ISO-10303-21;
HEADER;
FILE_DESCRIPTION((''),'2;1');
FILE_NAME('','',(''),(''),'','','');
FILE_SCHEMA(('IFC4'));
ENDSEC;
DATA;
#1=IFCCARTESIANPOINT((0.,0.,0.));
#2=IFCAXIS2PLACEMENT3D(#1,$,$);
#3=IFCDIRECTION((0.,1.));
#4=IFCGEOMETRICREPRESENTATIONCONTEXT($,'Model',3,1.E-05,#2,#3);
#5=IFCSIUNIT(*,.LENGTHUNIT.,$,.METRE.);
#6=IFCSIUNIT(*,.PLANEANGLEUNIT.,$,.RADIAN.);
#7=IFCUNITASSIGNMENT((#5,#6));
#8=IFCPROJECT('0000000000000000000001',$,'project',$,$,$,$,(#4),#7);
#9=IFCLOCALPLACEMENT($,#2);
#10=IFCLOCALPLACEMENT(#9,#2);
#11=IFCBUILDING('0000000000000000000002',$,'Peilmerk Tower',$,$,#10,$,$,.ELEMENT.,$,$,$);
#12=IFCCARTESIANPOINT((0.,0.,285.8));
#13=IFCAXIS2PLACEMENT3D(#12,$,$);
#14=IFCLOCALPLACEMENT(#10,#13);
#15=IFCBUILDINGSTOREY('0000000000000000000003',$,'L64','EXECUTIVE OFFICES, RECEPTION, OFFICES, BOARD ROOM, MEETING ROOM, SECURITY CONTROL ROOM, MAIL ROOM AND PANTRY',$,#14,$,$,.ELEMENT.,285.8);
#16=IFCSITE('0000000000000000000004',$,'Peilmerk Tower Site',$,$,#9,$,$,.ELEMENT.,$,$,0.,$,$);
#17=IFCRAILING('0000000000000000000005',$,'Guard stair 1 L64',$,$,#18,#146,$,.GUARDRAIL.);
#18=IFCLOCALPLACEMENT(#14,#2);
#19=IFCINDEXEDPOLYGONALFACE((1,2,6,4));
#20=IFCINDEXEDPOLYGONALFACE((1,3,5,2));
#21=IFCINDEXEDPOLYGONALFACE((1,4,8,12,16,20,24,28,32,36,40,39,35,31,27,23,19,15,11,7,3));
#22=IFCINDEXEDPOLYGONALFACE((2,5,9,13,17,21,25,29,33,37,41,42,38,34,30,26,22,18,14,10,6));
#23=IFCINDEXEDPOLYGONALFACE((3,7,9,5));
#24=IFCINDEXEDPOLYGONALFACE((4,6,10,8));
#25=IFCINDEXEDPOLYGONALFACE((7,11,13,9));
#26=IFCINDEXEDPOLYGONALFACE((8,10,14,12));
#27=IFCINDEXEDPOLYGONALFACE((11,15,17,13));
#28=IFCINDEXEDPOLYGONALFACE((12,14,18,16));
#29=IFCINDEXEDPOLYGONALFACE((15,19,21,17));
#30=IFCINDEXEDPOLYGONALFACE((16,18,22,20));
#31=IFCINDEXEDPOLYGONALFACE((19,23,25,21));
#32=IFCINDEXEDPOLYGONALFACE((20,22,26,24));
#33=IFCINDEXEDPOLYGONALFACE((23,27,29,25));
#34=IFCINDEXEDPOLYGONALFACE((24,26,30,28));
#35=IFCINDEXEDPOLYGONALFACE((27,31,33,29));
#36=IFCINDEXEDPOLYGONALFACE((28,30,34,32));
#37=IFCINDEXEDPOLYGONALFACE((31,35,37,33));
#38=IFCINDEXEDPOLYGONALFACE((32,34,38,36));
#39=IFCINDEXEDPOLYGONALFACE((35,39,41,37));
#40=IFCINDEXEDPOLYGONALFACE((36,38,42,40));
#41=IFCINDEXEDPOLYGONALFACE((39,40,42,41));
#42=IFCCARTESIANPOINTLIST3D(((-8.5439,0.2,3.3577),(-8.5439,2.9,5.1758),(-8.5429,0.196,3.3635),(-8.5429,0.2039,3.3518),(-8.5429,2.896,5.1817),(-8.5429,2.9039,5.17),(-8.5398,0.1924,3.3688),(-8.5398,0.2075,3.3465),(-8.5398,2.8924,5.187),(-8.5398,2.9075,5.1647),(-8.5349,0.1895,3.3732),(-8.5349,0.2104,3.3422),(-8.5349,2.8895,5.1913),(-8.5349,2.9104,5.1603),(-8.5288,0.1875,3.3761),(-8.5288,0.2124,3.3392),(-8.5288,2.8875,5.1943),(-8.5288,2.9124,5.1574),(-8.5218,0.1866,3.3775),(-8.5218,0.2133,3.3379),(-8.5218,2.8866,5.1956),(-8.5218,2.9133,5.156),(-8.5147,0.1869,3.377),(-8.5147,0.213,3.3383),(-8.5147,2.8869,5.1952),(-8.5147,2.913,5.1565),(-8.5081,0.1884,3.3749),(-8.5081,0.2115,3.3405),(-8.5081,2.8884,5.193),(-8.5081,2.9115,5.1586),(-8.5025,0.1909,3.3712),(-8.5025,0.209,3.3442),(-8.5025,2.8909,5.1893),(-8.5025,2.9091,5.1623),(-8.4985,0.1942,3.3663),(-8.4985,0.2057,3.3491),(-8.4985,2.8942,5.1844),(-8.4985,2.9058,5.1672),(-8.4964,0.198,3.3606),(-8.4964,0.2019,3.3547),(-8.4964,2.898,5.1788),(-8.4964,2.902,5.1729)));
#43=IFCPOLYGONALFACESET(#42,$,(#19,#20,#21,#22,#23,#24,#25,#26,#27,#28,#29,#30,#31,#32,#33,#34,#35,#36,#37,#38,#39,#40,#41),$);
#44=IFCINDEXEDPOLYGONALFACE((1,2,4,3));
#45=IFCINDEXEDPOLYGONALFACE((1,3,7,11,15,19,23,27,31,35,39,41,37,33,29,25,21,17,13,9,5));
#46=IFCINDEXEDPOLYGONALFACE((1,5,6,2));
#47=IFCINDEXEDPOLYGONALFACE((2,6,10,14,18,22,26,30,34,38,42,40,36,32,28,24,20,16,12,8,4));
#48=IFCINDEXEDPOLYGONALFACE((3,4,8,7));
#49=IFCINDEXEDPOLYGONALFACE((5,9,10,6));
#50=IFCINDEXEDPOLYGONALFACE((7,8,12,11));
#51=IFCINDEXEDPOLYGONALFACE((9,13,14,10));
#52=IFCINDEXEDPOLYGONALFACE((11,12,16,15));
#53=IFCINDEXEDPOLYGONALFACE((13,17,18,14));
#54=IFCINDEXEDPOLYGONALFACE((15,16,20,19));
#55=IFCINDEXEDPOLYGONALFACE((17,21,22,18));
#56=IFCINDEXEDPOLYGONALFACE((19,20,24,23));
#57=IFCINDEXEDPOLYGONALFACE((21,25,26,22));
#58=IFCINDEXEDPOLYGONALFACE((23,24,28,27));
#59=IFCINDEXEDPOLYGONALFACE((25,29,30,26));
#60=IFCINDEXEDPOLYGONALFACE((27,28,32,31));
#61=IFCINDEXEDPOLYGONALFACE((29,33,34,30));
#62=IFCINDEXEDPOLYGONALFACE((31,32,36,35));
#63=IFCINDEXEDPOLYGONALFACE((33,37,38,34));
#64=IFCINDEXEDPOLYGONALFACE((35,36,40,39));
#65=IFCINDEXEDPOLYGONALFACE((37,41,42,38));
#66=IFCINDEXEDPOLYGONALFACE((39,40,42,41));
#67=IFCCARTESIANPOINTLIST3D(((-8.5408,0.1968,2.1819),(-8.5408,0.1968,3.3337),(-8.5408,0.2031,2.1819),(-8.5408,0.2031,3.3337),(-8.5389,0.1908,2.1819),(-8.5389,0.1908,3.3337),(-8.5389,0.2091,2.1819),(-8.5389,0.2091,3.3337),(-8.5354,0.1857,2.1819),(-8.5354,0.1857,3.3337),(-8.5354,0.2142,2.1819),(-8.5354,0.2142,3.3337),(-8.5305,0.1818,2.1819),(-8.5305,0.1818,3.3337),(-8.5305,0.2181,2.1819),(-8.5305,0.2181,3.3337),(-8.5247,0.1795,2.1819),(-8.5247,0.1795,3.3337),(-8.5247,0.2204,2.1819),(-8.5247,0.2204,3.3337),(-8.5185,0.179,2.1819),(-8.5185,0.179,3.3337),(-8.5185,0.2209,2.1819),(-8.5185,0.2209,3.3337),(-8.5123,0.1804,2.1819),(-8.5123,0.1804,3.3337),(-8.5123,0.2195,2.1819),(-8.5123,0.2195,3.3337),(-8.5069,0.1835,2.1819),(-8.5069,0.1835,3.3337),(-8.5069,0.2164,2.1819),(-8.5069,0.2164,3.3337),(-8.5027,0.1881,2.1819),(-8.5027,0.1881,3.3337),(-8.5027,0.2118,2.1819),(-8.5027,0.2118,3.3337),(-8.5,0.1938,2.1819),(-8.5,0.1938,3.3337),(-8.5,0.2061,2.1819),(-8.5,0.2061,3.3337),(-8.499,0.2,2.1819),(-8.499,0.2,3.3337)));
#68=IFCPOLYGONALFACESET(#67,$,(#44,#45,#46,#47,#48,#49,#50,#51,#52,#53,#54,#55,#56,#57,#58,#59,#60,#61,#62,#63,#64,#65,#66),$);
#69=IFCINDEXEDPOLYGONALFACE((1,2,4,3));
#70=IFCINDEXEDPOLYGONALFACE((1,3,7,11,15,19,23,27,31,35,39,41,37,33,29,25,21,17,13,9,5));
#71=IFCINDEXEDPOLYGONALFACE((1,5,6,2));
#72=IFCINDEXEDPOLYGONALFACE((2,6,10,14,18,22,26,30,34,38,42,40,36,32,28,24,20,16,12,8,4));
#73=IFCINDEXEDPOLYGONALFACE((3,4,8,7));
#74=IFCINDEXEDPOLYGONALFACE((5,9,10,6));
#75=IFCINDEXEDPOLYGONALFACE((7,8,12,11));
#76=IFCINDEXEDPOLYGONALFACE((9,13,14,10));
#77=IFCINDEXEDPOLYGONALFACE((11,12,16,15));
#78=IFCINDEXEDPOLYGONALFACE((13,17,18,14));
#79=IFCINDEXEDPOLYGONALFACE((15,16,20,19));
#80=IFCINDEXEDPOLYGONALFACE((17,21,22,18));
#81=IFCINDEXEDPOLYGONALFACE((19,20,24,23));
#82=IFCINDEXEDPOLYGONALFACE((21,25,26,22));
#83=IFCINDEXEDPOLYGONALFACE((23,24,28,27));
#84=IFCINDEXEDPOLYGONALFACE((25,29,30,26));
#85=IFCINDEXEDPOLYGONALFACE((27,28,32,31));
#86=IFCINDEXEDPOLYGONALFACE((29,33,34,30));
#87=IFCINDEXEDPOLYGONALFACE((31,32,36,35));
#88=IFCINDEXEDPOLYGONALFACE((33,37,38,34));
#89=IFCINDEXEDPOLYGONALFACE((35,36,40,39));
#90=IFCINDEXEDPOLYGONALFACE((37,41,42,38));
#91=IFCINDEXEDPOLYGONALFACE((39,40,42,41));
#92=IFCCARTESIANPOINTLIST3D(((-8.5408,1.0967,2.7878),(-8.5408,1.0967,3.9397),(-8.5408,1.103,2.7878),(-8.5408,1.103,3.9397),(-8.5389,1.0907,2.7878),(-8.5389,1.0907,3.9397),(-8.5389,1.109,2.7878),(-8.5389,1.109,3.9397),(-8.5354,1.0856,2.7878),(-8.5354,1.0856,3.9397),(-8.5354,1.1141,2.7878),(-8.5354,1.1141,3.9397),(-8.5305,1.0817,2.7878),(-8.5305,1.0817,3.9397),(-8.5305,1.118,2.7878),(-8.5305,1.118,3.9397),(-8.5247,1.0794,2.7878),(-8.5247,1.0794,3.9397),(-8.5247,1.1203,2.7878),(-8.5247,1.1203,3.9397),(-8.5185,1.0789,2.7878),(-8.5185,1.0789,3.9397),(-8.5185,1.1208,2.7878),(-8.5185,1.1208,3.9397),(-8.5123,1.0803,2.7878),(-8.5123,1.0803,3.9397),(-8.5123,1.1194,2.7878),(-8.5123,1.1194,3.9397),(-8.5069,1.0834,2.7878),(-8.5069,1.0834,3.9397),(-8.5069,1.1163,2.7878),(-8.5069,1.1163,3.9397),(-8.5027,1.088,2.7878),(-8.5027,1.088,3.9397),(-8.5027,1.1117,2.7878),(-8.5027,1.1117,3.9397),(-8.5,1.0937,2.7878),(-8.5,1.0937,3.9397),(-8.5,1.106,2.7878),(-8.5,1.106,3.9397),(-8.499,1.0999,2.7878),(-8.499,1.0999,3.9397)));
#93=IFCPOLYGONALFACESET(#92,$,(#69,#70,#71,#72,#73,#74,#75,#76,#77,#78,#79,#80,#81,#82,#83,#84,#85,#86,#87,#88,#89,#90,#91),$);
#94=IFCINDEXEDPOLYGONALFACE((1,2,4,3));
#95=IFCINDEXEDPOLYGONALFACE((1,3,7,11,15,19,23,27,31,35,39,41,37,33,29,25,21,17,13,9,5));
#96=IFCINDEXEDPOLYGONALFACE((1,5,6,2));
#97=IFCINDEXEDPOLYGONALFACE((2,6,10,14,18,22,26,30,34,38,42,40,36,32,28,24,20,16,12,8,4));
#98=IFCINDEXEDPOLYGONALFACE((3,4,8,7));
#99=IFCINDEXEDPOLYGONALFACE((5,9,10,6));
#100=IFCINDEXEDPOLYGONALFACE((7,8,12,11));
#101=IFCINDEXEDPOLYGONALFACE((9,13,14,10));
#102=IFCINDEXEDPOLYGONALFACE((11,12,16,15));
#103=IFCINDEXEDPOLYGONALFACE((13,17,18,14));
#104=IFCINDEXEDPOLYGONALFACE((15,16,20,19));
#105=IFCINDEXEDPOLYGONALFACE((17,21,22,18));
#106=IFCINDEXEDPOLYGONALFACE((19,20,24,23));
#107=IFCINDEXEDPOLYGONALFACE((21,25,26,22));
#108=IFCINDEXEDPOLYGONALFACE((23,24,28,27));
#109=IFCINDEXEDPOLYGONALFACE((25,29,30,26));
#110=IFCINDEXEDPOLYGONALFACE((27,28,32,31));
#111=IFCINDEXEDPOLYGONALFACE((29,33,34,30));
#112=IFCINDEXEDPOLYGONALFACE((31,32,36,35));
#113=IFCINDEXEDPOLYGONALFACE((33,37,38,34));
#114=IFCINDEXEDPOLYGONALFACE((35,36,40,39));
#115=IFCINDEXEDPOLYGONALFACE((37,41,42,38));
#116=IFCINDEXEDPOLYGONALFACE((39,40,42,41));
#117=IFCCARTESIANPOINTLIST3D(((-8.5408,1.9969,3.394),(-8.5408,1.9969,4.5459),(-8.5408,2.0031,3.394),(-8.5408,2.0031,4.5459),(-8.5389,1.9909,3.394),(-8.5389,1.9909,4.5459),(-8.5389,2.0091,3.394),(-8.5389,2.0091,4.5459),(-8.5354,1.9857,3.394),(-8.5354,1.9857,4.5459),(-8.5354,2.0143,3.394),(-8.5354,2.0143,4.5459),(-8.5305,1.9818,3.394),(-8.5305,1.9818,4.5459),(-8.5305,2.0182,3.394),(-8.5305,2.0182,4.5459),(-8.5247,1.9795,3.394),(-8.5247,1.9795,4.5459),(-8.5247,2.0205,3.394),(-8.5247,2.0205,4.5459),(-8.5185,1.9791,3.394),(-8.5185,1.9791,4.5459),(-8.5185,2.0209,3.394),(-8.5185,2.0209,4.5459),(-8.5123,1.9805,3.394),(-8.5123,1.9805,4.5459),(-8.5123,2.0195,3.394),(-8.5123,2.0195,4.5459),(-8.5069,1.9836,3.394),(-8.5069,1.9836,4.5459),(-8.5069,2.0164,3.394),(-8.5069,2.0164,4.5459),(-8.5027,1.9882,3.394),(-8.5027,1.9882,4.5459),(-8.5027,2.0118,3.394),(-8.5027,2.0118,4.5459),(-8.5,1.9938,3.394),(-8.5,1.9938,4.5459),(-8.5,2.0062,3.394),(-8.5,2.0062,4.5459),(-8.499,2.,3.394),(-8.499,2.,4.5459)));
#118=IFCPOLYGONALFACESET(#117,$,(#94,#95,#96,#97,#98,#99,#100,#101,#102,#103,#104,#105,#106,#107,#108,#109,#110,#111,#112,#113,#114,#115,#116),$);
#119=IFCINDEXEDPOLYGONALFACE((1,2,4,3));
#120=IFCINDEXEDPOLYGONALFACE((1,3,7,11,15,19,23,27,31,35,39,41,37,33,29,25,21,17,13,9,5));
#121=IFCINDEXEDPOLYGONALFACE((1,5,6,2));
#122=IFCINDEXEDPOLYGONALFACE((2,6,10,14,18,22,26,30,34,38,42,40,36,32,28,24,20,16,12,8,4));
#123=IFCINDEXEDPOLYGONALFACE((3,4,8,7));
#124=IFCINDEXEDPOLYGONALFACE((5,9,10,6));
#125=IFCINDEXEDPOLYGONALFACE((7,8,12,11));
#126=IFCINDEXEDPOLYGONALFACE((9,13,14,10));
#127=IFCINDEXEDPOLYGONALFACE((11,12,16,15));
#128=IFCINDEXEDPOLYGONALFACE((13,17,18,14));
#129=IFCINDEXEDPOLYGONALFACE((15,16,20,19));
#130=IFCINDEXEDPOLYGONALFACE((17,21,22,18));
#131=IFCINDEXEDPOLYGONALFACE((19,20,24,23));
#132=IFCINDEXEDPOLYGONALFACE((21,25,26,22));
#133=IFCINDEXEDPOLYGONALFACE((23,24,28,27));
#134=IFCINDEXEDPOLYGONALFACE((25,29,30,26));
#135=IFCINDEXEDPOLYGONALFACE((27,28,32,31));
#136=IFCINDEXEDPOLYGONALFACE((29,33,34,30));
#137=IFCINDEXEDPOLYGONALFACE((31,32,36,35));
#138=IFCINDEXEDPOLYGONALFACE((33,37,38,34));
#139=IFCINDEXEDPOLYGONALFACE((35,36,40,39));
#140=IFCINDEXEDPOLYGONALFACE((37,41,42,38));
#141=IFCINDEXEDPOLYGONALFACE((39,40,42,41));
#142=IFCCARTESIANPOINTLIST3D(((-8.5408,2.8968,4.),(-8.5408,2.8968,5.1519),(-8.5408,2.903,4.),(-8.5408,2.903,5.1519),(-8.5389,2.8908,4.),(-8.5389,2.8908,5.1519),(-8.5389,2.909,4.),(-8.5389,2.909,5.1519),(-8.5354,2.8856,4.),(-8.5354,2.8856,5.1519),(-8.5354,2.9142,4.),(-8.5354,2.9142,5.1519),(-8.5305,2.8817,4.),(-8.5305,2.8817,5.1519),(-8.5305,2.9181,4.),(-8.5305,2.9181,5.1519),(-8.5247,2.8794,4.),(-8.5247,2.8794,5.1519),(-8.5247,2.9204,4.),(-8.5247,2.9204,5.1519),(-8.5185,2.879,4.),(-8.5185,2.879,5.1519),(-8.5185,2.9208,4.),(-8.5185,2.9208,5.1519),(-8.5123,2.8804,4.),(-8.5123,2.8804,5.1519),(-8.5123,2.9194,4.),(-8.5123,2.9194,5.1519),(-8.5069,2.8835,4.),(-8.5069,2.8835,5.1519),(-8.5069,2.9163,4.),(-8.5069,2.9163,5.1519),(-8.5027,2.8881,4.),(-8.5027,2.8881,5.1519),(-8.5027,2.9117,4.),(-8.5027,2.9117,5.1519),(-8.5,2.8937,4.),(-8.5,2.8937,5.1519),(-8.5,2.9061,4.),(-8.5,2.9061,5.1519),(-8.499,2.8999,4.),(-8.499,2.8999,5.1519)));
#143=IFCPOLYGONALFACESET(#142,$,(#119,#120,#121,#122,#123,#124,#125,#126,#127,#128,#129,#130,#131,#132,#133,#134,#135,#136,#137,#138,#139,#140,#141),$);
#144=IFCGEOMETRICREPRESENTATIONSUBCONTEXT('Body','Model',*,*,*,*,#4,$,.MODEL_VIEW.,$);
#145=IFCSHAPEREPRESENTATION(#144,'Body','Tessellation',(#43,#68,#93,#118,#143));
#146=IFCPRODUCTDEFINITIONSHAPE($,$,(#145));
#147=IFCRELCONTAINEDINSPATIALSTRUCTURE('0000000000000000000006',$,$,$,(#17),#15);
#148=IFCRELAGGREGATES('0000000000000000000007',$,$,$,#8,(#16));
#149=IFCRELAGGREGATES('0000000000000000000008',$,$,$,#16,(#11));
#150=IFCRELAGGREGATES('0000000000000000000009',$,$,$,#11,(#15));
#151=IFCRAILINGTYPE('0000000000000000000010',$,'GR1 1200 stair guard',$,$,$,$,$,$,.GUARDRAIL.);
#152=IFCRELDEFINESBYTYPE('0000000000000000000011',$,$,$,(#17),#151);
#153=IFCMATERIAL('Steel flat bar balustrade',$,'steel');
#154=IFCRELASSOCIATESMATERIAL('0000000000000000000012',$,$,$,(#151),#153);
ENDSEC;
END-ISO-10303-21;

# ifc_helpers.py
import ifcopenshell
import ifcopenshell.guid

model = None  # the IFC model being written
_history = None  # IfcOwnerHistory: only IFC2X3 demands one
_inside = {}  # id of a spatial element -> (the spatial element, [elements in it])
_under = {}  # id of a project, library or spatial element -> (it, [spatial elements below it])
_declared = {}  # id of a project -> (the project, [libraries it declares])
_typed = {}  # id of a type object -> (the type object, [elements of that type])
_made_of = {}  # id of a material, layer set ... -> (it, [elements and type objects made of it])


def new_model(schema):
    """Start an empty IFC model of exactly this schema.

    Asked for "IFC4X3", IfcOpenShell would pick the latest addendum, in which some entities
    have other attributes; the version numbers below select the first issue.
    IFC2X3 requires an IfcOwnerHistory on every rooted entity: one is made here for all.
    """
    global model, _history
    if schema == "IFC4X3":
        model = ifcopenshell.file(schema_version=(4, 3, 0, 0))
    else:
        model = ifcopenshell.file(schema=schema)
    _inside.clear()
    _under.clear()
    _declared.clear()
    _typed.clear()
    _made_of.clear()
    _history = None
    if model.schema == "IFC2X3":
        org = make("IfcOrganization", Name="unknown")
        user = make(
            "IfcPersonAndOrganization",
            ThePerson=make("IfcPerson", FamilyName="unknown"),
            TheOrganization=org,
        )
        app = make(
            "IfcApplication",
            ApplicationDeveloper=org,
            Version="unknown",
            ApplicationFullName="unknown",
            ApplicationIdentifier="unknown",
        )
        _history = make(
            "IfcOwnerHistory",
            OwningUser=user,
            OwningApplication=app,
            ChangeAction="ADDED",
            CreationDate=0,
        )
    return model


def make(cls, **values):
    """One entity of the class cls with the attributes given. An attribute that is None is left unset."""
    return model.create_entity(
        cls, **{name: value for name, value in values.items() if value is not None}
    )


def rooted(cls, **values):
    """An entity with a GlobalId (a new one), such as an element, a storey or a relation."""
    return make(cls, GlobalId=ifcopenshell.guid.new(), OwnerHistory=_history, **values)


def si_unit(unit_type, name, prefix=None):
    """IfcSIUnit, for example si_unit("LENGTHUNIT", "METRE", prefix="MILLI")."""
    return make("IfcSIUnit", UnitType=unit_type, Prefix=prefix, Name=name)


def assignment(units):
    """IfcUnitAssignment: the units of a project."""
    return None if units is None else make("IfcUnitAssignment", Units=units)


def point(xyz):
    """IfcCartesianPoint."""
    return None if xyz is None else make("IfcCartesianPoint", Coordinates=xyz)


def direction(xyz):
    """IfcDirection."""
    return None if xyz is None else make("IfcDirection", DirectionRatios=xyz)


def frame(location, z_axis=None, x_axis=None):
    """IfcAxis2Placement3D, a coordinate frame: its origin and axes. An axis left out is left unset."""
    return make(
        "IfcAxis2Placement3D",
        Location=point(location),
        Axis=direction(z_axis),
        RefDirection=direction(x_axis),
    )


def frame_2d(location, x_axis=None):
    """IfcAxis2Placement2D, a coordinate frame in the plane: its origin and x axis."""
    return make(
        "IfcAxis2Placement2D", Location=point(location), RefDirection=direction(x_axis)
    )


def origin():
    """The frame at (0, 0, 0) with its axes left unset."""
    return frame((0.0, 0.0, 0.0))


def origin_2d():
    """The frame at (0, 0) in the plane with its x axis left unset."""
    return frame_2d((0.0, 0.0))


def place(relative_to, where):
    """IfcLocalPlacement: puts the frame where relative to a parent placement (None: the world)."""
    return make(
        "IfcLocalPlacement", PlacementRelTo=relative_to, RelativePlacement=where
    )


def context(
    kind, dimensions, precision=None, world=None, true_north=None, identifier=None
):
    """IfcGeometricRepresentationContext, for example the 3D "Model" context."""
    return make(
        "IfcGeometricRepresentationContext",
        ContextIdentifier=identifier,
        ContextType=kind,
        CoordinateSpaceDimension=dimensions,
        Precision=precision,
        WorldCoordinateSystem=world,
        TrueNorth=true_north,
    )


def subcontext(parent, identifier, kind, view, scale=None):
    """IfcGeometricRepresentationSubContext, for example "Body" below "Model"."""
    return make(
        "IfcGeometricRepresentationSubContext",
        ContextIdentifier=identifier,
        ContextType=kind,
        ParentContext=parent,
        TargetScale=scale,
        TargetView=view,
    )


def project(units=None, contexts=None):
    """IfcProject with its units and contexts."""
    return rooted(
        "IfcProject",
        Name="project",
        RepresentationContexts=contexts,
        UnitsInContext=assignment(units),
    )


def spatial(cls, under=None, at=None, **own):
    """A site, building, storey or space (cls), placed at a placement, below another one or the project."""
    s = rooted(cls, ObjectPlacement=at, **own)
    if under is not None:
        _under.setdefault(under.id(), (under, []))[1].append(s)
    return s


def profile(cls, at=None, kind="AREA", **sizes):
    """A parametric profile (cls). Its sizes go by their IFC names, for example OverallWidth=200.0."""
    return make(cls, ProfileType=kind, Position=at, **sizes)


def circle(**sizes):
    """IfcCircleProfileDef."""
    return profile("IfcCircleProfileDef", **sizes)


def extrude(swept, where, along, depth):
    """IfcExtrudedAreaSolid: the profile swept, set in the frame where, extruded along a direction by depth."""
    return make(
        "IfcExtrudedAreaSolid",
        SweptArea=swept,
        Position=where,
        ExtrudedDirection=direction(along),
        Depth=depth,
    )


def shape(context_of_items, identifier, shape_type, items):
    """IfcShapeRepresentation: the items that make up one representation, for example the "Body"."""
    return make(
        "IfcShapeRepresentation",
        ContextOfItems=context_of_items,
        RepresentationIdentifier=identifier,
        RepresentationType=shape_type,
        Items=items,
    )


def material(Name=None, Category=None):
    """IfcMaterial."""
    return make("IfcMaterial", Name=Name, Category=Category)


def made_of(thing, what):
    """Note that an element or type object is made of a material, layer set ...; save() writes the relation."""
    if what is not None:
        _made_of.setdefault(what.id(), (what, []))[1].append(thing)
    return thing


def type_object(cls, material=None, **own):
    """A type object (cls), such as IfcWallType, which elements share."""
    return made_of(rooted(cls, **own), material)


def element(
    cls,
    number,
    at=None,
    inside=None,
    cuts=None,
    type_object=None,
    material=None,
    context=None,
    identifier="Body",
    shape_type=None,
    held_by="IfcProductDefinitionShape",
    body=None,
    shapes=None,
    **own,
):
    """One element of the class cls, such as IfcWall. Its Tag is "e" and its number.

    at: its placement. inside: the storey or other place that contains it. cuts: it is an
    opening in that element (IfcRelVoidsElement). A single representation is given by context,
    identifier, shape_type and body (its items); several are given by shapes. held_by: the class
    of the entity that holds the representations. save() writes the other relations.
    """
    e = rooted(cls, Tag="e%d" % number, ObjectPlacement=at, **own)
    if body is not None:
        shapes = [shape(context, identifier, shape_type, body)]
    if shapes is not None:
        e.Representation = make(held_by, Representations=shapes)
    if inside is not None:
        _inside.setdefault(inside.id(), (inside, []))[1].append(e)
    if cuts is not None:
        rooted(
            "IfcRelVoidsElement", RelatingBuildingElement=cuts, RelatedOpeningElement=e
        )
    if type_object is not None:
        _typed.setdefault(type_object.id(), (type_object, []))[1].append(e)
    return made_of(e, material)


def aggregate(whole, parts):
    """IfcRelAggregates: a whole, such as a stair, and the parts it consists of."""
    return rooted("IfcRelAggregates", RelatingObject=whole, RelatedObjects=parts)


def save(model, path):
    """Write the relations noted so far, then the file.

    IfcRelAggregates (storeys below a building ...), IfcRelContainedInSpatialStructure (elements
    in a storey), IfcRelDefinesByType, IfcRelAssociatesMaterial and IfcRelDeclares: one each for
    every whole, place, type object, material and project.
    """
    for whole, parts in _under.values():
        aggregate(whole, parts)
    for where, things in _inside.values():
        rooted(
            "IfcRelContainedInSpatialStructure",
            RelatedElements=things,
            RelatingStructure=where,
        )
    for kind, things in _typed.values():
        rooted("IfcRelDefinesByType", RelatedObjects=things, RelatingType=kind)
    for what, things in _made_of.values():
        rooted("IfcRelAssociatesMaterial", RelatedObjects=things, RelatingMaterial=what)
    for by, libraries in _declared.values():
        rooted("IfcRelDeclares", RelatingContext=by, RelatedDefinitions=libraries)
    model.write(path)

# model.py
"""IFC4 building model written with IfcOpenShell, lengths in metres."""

from ifc_helpers import new_model, si_unit, direction, frame, origin, origin_2d, place, context, subcontext, project, spatial, circle, extrude, material, type_object, element, save


model = new_model("IFC4")

# Units and contexts
model_context = context("Model", 3, precision=1e-05, world=origin(), true_north=direction((0.0, 1.0)))
body_context = subcontext(model_context, "Body", "Model", "MODEL_VIEW")
ifc_project = project(units=[si_unit("LENGTHUNIT", "METRE"), si_unit("PLANEANGLEUNIT", "RADIAN")], contexts=[model_context])

# Site, building, storey
site_placement = place(None, origin())
site = spatial("IfcSite", under=ifc_project, at=site_placement, Name="Peilmerk Tower Site", CompositionType="ELEMENT", RefElevation=0.0)
building_placement = place(site_placement, origin())
building = spatial("IfcBuilding", under=site, at=building_placement, Name="Peilmerk Tower", CompositionType="ELEMENT")
storey_placement = place(building_placement, frame((0.0, 0.0, 285.8)))
storey = spatial("IfcBuildingStorey", under=building, at=storey_placement, Name="L64", Description="EXECUTIVE OFFICES, RECEPTION, OFFICES, BOARD ROOM, MEETING ROOM, SECURITY CONTROL ROOM, MAIL ROOM AND PANTRY", CompositionType="ELEMENT", Elevation=285.8)

# Railing
ifc_material_1 = material(Name="Steel flat bar balustrade", Category="steel")
railing_type_1 = type_object("IfcRailingType", Name="GR1 1200 stair guard", PredefinedType="GUARDRAIL", material=ifc_material_1)
railing_1_placement = place(storey_placement, frame((-8.52, 0.2, 2.1819)))
element("IfcRailing", 1, at=railing_1_placement, inside=storey, type_object=railing_type_1, Name="Guard stair 1 L64", PredefinedType="GUARDRAIL", context=body_context, shape_type="SweptSolid", body=[
    extrude(circle(Radius=0.0239, at=origin_2d()), frame((0.0, 0.0, 1.1758), z_axis=(0.0, 0.829468, 0.558554), x_axis=(-1.0, 0.0, 0.0)), (0.0, 0.0, 1.0), 3.2551),
    extrude(circle(Radius=0.021, at=origin_2d()), origin(), (0.0, 0.0, 1.0), 1.1519),
    extrude(circle(Radius=0.021, at=origin_2d()), frame((0.0, 0.8999, 0.606)), (0.0, 0.0, 1.0), 1.1519),
    extrude(circle(Radius=0.021, at=origin_2d()), frame((0.0, 1.8, 1.2122)), (0.0, 0.0, 1.0), 1.1519),
    extrude(circle(Radius=0.021, at=origin_2d()), frame((0.0, 2.7, 1.8181)), (0.0, 0.0, 1.0), 1.1519),
])

save(model, "model.ifc")
